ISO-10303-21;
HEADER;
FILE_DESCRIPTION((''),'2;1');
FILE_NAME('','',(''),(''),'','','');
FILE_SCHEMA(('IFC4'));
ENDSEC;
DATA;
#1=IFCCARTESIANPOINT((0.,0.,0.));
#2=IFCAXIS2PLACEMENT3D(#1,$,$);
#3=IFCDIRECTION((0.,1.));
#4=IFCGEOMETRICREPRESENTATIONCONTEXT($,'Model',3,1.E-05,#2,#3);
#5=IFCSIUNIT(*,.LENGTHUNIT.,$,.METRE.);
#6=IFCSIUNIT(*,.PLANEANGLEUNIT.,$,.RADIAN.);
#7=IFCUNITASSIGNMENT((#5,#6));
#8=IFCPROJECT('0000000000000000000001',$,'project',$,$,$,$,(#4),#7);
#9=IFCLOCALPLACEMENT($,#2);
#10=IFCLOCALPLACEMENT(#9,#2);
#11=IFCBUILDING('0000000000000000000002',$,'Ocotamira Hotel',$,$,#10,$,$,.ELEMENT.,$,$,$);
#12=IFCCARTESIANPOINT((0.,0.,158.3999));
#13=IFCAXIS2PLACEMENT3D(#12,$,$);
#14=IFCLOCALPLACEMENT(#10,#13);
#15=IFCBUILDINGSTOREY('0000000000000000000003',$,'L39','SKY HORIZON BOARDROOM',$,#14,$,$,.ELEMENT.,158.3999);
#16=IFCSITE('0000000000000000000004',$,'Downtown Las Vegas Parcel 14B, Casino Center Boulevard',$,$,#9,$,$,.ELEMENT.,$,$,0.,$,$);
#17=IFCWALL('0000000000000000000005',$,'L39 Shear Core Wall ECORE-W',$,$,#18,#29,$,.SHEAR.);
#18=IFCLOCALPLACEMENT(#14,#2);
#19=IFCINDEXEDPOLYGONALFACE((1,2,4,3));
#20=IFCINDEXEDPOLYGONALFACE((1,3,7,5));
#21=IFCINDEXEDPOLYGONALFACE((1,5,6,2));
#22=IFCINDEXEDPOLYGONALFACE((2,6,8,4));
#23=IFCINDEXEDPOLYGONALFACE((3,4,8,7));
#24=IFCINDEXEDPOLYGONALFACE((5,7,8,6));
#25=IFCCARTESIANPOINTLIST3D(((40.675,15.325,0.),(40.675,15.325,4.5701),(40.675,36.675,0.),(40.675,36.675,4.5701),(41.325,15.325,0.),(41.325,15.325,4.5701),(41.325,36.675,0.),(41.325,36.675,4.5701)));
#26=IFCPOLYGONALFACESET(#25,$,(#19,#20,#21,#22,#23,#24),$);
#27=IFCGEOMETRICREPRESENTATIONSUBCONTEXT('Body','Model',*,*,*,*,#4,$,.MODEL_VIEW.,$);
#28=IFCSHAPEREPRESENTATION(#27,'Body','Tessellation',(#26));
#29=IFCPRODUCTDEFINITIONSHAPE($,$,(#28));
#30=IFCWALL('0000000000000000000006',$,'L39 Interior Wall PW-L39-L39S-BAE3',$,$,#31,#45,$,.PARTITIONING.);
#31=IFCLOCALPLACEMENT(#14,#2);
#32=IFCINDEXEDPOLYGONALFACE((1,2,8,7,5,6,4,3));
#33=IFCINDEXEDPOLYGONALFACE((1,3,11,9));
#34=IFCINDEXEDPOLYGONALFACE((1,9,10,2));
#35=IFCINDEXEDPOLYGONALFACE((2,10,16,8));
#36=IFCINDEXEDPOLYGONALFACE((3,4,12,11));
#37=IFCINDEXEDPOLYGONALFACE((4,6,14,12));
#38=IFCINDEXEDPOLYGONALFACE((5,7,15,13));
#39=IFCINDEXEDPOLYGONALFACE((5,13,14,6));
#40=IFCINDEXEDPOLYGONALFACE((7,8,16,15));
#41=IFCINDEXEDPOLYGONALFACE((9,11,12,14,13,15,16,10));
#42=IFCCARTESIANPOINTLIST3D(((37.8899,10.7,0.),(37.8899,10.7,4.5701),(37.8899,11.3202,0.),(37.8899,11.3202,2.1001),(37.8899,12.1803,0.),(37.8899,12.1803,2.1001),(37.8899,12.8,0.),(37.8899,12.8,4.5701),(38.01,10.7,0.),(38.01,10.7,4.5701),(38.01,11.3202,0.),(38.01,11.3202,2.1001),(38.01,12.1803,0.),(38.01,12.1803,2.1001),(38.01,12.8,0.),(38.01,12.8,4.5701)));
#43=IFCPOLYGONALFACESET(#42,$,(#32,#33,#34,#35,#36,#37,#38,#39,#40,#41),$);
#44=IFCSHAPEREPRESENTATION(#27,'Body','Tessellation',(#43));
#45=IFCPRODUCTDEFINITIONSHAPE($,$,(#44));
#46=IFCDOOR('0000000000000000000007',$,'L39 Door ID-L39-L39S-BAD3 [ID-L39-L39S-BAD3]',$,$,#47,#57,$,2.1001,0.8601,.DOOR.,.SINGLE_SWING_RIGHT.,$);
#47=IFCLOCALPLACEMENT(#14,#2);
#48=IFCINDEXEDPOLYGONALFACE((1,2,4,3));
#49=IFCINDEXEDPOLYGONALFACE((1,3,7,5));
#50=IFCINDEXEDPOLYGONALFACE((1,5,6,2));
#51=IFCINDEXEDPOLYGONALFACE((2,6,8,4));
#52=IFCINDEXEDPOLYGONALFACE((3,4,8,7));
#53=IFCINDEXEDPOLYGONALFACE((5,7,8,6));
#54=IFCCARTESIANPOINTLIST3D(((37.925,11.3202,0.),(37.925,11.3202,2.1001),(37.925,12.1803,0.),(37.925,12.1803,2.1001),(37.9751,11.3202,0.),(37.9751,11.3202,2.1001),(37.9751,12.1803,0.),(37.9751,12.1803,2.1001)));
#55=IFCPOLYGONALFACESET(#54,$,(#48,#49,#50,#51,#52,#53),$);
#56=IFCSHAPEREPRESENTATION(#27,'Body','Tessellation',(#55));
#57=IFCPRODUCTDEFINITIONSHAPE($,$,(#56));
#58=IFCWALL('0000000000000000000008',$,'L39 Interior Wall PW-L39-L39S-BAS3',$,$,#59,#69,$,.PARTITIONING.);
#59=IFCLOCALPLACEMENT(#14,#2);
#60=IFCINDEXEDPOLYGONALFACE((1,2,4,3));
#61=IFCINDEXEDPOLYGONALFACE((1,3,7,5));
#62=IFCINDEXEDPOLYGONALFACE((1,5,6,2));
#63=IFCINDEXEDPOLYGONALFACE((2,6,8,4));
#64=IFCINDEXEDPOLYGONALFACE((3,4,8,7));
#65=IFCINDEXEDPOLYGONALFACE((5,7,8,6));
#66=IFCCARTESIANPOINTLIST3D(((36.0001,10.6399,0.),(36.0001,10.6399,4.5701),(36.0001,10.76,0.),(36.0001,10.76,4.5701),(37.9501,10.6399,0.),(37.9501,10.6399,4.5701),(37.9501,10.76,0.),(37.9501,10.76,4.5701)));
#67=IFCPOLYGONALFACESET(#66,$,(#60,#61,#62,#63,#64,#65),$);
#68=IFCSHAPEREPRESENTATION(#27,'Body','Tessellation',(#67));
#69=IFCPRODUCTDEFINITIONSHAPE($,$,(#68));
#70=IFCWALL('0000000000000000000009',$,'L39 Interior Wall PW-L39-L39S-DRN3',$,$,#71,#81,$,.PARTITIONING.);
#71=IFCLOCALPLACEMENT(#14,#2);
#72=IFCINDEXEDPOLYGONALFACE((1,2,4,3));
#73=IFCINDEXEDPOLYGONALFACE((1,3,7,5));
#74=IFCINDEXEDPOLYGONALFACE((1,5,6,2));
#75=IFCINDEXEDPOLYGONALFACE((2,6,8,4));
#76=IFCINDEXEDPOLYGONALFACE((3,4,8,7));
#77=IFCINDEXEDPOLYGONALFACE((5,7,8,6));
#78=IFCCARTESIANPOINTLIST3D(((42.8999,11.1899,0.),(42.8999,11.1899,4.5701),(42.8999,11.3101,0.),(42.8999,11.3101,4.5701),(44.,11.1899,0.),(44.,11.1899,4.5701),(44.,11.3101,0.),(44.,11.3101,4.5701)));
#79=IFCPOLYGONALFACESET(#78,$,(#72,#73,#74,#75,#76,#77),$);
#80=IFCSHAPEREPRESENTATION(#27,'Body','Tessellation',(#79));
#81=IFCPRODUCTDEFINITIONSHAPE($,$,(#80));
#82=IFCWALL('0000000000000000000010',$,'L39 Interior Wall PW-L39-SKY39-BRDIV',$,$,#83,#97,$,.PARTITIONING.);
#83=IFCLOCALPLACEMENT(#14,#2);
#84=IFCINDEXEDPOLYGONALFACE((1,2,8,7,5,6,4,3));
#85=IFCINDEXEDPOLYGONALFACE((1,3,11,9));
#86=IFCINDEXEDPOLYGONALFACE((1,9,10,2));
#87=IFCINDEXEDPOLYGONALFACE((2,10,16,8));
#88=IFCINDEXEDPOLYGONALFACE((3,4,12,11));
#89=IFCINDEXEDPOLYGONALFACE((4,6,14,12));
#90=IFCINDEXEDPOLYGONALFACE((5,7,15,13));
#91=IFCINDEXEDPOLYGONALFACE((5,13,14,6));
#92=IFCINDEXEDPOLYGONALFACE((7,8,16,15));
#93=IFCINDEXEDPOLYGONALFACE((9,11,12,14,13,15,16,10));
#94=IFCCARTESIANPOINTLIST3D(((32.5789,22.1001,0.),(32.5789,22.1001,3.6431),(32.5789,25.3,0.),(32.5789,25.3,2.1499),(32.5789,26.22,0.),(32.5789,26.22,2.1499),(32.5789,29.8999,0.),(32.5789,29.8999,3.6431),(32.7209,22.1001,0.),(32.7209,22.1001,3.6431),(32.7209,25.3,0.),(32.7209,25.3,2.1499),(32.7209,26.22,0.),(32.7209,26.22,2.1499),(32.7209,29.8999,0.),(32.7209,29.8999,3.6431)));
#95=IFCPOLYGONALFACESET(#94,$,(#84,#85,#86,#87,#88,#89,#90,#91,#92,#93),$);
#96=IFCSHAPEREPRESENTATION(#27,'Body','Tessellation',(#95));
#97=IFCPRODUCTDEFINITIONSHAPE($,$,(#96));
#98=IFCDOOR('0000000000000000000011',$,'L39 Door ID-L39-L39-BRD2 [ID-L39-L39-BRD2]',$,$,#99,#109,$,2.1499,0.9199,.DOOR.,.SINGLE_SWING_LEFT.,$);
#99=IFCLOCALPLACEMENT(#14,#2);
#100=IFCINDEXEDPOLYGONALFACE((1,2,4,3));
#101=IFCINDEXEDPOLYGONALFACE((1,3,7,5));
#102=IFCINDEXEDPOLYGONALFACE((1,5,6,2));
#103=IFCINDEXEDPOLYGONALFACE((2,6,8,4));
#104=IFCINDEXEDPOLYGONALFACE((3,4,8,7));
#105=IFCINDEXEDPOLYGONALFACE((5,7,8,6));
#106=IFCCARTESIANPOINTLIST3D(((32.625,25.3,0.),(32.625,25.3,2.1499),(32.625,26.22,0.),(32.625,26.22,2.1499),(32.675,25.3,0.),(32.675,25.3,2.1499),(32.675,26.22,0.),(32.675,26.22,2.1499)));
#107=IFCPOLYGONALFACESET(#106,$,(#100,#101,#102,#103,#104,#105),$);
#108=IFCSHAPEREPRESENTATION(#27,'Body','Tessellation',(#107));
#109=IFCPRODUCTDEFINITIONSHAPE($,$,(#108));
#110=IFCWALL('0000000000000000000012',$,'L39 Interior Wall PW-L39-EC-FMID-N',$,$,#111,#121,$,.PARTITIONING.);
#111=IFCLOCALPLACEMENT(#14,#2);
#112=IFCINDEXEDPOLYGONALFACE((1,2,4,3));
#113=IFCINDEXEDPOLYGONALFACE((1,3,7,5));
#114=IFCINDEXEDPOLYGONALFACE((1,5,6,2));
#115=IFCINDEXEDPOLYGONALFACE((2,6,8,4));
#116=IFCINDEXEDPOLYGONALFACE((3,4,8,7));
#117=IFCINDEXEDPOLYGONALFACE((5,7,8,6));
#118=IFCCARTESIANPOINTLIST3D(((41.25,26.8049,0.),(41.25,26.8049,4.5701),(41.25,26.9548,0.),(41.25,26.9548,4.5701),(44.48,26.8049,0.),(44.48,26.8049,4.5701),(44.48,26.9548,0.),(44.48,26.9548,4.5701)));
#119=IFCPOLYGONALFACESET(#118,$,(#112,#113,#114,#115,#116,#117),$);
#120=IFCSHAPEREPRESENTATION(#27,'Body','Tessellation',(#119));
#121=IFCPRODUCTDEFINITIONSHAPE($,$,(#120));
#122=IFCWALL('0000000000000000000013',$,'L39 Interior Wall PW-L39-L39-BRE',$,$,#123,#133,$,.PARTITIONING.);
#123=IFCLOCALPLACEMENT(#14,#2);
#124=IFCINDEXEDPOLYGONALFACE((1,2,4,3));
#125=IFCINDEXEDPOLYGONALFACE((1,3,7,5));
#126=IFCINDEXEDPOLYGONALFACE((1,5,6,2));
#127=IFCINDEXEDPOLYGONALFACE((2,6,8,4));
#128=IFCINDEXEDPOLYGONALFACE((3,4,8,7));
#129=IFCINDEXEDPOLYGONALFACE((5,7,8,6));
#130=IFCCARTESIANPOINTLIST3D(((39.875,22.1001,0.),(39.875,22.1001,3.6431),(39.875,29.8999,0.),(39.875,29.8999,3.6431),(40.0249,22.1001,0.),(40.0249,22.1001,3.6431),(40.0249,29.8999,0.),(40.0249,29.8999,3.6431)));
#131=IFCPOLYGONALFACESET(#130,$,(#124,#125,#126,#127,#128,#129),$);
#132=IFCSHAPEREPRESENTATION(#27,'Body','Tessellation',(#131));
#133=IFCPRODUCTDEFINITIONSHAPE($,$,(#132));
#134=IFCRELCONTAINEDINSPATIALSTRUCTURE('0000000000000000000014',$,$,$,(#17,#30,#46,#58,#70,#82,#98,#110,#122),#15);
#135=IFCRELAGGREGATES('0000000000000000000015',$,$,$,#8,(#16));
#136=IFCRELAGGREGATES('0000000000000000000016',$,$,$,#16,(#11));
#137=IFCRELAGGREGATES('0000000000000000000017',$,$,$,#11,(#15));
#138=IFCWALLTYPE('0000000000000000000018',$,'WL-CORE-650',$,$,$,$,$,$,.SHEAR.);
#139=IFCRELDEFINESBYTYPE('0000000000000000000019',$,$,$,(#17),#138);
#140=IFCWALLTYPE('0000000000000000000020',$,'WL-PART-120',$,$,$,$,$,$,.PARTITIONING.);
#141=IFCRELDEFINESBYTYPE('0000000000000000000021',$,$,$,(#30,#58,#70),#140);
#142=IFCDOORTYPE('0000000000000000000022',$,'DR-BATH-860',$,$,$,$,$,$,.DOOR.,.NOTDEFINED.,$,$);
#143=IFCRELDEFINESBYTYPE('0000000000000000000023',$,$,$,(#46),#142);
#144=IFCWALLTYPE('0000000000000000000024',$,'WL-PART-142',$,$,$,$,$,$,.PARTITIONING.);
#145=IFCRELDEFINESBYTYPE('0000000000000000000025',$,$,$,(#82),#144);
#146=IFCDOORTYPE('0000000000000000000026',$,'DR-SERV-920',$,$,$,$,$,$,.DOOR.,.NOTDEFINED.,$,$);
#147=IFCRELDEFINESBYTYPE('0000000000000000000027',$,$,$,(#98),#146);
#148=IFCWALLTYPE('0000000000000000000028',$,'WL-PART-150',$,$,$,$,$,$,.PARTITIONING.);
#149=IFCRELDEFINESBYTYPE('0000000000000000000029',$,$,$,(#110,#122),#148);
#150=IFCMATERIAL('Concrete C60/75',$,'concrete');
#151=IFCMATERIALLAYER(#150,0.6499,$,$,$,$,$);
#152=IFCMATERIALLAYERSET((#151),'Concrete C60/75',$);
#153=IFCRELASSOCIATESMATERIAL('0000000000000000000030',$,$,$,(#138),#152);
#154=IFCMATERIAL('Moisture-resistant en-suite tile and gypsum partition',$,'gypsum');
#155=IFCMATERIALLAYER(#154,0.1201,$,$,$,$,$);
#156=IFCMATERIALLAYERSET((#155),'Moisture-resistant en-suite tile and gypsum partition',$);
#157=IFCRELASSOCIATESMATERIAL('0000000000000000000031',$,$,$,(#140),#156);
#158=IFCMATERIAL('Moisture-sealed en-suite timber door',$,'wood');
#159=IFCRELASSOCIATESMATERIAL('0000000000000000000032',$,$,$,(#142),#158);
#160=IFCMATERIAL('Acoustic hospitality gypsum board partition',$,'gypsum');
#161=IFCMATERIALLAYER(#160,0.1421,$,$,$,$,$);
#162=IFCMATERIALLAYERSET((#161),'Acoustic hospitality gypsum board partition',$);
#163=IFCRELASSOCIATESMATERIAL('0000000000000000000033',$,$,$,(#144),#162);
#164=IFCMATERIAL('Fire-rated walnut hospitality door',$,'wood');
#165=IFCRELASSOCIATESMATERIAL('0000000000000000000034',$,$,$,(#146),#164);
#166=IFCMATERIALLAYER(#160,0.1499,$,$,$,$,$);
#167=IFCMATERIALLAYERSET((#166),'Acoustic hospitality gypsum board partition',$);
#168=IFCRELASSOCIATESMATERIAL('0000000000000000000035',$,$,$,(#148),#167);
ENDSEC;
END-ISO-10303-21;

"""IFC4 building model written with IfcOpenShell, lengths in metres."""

from ifc_helpers import new_model, si_unit, direction, frame, frame_2d, origin, place, context, subcontext, project, spatial, rectangle, extrude, source, transform, mapped, material, layer, layer_set, type_object, element, fill, save


model = new_model("IFC4")

# Units and contexts
model_context = context("Model", 3, precision=1e-05, world=origin(), true_north=direction((0.0, 1.0)))
body_context = subcontext(model_context, "Body", "Model", "MODEL_VIEW")
ifc_project = project(units=[si_unit("LENGTHUNIT", "METRE"), si_unit("PLANEANGLEUNIT", "RADIAN")], contexts=[model_context])

# Site, building, storey
site_placement = place(None, origin())
site = spatial("IfcSite", under=ifc_project, at=site_placement, Name="Downtown Las Vegas Parcel 14B, Casino Center Boulevard", CompositionType="ELEMENT", RefElevation=0.0)
building_placement = place(site_placement, origin())
building = spatial("IfcBuilding", under=site, at=building_placement, Name="Ocotamira Hotel", CompositionType="ELEMENT")
storey_placement = place(building_placement, frame((0.0, 0.0, 158.3999)))
storey = spatial("IfcBuildingStorey", under=building, at=storey_placement, Name="L39", Description="SKY HORIZON BOARDROOM", CompositionType="ELEMENT", Elevation=158.3999)

# Shared definitions
ifc_material_1 = material(Name="Concrete C60/75", Category="concrete")
ifc_layer_1 = layer(ifc_material_1, 0.6499)
ifc_layer_set_1 = layer_set([ifc_layer_1], Name="Concrete C60/75")
wall_type_1 = type_object("IfcWallType", Name="WL-CORE-650", PredefinedType="SHEAR", material=ifc_layer_set_1)

# Wall
wall_1_placement = place(storey_placement, frame((41.0, 15.325, 0.0), z_axis=(0.0, 0.0, 1.0), x_axis=(0.0, 1.0, 0.0)))
element("IfcWall", 1, at=wall_1_placement, inside=storey, type_object=wall_type_1, Name="L39 Shear Core Wall ECORE-W", PredefinedType="SHEAR", context=body_context, shape_type="SweptSolid", body=[
    extrude(rectangle(XDim=21.3501, YDim=0.6499, at=frame_2d((10.675, 0.0))), origin(), (0.0, 0.0, 1.0), 4.5701),
])

# Wall, opening, door
ifc_material_2 = material(Name="Moisture-resistant en-suite tile and gypsum partition", Category="gypsum")
ifc_layer_2 = layer(ifc_material_2, 0.1201)
ifc_layer_set_2 = layer_set([ifc_layer_2], Name="Moisture-resistant en-suite tile and gypsum partition")
wall_type_2 = type_object("IfcWallType", Name="WL-PART-120", PredefinedType="PARTITIONING", material=ifc_layer_set_2)
wall_2_placement = place(storey_placement, frame((37.95, 10.7, 0.0), z_axis=(0.0, 0.0, 1.0), x_axis=(0.0, 1.0, 0.0)))
wall_2 = element("IfcWall", 2, at=wall_2_placement, inside=storey, type_object=wall_type_2, Name="L39 Interior Wall PW-L39-L39S-BAE3", PredefinedType="PARTITIONING", context=body_context, shape_type="SweptSolid", body=[
    extrude(rectangle(XDim=2.1001, YDim=0.1201, at=frame_2d((1.05, 0.0))), origin(), (0.0, 0.0, 1.0), 4.5701),
])
opening_1_placement = place(wall_2_placement, frame((0.6201, 0.0, 0.0)))
opening_1 = element("IfcOpeningElement", 3, at=opening_1_placement, cuts=wall_2, PredefinedType="OPENING", context=body_context, shape_type="SweptSolid", body=[
    extrude(rectangle(XDim=0.8601, YDim=2.1001, at=frame_2d((0.4302, 1.05))), frame((0.0, 0.0701, 0.0), z_axis=(0.0, -1.0, 0.0), x_axis=(1.0, 0.0, 0.0)), (0.0, 0.0, 1.0), 0.1401),
])
ifc_material_3 = material(Name="Moisture-sealed en-suite timber door", Category="wood")
door_type_1 = type_object("IfcDoorType", Name="DR-BATH-860", OperationType="NOTDEFINED", PredefinedType="DOOR", material=ifc_material_3)
shared_shape_1 = source(origin(), body_context, "Body", "SweptSolid", [
    extrude(rectangle(XDim=0.8601, YDim=2.1001, at=frame_2d((0.4302, 1.05))), frame((0.0, 0.0249, 0.0), z_axis=(0.0, -1.0, 0.0), x_axis=(1.0, 0.0, 0.0)), (0.0, 0.0, 1.0), 0.05),
])
door_1_placement = place(opening_1_placement, origin())
door_1 = element("IfcDoor", 4, at=door_1_placement, inside=storey, type_object=door_type_1, Name="L39 Door ID-L39-L39S-BAD3 [ID-L39-L39S-BAD3]", OperationType="SINGLE_SWING_RIGHT", OverallHeight=2.1001, OverallWidth=0.8601, PredefinedType="DOOR", context=body_context, shape_type="MappedRepresentation", body=[
    mapped(shared_shape_1, transform((0.0, 0.0, 0.0), scale=1.0)),
])
fill(opening_1, door_1)

# Walls
wall_3_placement = place(storey_placement, frame((36.0, 10.7, 0.0), z_axis=(0.0, 0.0, 1.0), x_axis=(1.0, 0.0, 0.0)))
element("IfcWall", 5, at=wall_3_placement, inside=storey, type_object=wall_type_2, Name="L39 Interior Wall PW-L39-L39S-BAS3", PredefinedType="PARTITIONING", context=body_context, shape_type="SweptSolid", body=[
    extrude(rectangle(XDim=1.95, YDim=0.1201, at=frame_2d((0.9751, 0.0))), origin(), (0.0, 0.0, 1.0), 4.5701),
])
wall_4_placement = place(storey_placement, frame((42.8999, 11.25, 0.0), z_axis=(0.0, 0.0, 1.0), x_axis=(1.0, 0.0, 0.0)))
element("IfcWall", 6, at=wall_4_placement, inside=storey, type_object=wall_type_2, Name="L39 Interior Wall PW-L39-L39S-DRN3", PredefinedType="PARTITIONING", context=body_context, shape_type="SweptSolid", body=[
    extrude(rectangle(XDim=1.1001, YDim=0.1201, at=frame_2d((0.55, 0.0))), origin(), (0.0, 0.0, 1.0), 4.5701),
])

# Wall, opening, door
ifc_material_4 = material(Name="Acoustic hospitality gypsum board partition", Category="gypsum")
ifc_layer_3 = layer(ifc_material_4, 0.1421)
ifc_layer_set_3 = layer_set([ifc_layer_3], Name="Acoustic hospitality gypsum board partition")
wall_type_3 = type_object("IfcWallType", Name="WL-PART-142", PredefinedType="PARTITIONING", material=ifc_layer_set_3)
wall_5_placement = place(storey_placement, frame((32.6499, 22.1001, 0.0), z_axis=(0.0, 0.0, 1.0), x_axis=(0.0, 1.0, 0.0)))
wall_5 = element("IfcWall", 7, at=wall_5_placement, inside=storey, type_object=wall_type_3, Name="L39 Interior Wall PW-L39-SKY39-BRDIV", PredefinedType="PARTITIONING", context=body_context, shape_type="SweptSolid", body=[
    extrude(rectangle(XDim=7.7998, YDim=0.1421, at=frame_2d((3.8999, 0.0))), origin(), (0.0, 0.0, 1.0), 3.6431),
])
opening_2_placement = place(wall_5_placement, frame((3.2, 0.0, 0.0)))
opening_2 = element("IfcOpeningElement", 8, at=opening_2_placement, cuts=wall_5, PredefinedType="OPENING", context=body_context, shape_type="SweptSolid", body=[
    extrude(rectangle(XDim=0.9199, YDim=2.1499, at=frame_2d((0.46, 1.075))), frame((0.0, 0.0811, 0.0), z_axis=(0.0, -1.0, 0.0), x_axis=(1.0, 0.0, 0.0)), (0.0, 0.0, 1.0), 0.1621),
])
ifc_material_5 = material(Name="Fire-rated walnut hospitality door", Category="wood")
door_type_2 = type_object("IfcDoorType", Name="DR-SERV-920", OperationType="NOTDEFINED", PredefinedType="DOOR", material=ifc_material_5)
shared_shape_2 = source(origin(), body_context, "Body", "SweptSolid", [
    extrude(rectangle(XDim=0.9199, YDim=2.1499, at=frame_2d((0.46, 1.075))), frame((0.0, 0.0249, 0.0), z_axis=(0.0, -1.0, 0.0), x_axis=(1.0, 0.0, 0.0)), (0.0, 0.0, 1.0), 0.05),
])
door_2_placement = place(opening_2_placement, origin())
door_2 = element("IfcDoor", 9, at=door_2_placement, inside=storey, type_object=door_type_2, Name="L39 Door ID-L39-L39-BRD2 [ID-L39-L39-BRD2]", OperationType="SINGLE_SWING_LEFT", OverallHeight=2.1499, OverallWidth=0.9199, PredefinedType="DOOR", context=body_context, shape_type="MappedRepresentation", body=[
    mapped(shared_shape_2, transform((0.0, 0.0, 0.0), scale=1.0)),
])
fill(opening_2, door_2)

# Walls
ifc_layer_4 = layer(ifc_material_4, 0.1499)
ifc_layer_set_4 = layer_set([ifc_layer_4], Name="Acoustic hospitality gypsum board partition")
wall_type_4 = type_object("IfcWallType", Name="WL-PART-150", PredefinedType="PARTITIONING", material=ifc_layer_set_4)
wall_6_placement = place(storey_placement, frame((41.25, 26.8799, 0.0), z_axis=(0.0, 0.0, 1.0), x_axis=(1.0, 0.0, 0.0)))
element("IfcWall", 10, at=wall_6_placement, inside=storey, type_object=wall_type_4, Name="L39 Interior Wall PW-L39-EC-FMID-N", PredefinedType="PARTITIONING", context=body_context, shape_type="SweptSolid", body=[
    extrude(rectangle(XDim=3.23, YDim=0.1499, at=frame_2d((1.615, 0.0))), origin(), (0.0, 0.0, 1.0), 4.5701),
])
wall_7_placement = place(storey_placement, frame((39.95, 22.1001, 0.0), z_axis=(0.0, 0.0, 1.0), x_axis=(0.0, 1.0, 0.0)))
element("IfcWall", 11, at=wall_7_placement, inside=storey, type_object=wall_type_4, Name="L39 Interior Wall PW-L39-L39-BRE", PredefinedType="PARTITIONING", context=body_context, shape_type="SweptSolid", body=[
    extrude(rectangle(XDim=7.7998, YDim=0.1499, at=frame_2d((3.8999, 0.0))), origin(), (0.0, 0.0, 1.0), 3.6431),
])

save(model, "model.ifc")
